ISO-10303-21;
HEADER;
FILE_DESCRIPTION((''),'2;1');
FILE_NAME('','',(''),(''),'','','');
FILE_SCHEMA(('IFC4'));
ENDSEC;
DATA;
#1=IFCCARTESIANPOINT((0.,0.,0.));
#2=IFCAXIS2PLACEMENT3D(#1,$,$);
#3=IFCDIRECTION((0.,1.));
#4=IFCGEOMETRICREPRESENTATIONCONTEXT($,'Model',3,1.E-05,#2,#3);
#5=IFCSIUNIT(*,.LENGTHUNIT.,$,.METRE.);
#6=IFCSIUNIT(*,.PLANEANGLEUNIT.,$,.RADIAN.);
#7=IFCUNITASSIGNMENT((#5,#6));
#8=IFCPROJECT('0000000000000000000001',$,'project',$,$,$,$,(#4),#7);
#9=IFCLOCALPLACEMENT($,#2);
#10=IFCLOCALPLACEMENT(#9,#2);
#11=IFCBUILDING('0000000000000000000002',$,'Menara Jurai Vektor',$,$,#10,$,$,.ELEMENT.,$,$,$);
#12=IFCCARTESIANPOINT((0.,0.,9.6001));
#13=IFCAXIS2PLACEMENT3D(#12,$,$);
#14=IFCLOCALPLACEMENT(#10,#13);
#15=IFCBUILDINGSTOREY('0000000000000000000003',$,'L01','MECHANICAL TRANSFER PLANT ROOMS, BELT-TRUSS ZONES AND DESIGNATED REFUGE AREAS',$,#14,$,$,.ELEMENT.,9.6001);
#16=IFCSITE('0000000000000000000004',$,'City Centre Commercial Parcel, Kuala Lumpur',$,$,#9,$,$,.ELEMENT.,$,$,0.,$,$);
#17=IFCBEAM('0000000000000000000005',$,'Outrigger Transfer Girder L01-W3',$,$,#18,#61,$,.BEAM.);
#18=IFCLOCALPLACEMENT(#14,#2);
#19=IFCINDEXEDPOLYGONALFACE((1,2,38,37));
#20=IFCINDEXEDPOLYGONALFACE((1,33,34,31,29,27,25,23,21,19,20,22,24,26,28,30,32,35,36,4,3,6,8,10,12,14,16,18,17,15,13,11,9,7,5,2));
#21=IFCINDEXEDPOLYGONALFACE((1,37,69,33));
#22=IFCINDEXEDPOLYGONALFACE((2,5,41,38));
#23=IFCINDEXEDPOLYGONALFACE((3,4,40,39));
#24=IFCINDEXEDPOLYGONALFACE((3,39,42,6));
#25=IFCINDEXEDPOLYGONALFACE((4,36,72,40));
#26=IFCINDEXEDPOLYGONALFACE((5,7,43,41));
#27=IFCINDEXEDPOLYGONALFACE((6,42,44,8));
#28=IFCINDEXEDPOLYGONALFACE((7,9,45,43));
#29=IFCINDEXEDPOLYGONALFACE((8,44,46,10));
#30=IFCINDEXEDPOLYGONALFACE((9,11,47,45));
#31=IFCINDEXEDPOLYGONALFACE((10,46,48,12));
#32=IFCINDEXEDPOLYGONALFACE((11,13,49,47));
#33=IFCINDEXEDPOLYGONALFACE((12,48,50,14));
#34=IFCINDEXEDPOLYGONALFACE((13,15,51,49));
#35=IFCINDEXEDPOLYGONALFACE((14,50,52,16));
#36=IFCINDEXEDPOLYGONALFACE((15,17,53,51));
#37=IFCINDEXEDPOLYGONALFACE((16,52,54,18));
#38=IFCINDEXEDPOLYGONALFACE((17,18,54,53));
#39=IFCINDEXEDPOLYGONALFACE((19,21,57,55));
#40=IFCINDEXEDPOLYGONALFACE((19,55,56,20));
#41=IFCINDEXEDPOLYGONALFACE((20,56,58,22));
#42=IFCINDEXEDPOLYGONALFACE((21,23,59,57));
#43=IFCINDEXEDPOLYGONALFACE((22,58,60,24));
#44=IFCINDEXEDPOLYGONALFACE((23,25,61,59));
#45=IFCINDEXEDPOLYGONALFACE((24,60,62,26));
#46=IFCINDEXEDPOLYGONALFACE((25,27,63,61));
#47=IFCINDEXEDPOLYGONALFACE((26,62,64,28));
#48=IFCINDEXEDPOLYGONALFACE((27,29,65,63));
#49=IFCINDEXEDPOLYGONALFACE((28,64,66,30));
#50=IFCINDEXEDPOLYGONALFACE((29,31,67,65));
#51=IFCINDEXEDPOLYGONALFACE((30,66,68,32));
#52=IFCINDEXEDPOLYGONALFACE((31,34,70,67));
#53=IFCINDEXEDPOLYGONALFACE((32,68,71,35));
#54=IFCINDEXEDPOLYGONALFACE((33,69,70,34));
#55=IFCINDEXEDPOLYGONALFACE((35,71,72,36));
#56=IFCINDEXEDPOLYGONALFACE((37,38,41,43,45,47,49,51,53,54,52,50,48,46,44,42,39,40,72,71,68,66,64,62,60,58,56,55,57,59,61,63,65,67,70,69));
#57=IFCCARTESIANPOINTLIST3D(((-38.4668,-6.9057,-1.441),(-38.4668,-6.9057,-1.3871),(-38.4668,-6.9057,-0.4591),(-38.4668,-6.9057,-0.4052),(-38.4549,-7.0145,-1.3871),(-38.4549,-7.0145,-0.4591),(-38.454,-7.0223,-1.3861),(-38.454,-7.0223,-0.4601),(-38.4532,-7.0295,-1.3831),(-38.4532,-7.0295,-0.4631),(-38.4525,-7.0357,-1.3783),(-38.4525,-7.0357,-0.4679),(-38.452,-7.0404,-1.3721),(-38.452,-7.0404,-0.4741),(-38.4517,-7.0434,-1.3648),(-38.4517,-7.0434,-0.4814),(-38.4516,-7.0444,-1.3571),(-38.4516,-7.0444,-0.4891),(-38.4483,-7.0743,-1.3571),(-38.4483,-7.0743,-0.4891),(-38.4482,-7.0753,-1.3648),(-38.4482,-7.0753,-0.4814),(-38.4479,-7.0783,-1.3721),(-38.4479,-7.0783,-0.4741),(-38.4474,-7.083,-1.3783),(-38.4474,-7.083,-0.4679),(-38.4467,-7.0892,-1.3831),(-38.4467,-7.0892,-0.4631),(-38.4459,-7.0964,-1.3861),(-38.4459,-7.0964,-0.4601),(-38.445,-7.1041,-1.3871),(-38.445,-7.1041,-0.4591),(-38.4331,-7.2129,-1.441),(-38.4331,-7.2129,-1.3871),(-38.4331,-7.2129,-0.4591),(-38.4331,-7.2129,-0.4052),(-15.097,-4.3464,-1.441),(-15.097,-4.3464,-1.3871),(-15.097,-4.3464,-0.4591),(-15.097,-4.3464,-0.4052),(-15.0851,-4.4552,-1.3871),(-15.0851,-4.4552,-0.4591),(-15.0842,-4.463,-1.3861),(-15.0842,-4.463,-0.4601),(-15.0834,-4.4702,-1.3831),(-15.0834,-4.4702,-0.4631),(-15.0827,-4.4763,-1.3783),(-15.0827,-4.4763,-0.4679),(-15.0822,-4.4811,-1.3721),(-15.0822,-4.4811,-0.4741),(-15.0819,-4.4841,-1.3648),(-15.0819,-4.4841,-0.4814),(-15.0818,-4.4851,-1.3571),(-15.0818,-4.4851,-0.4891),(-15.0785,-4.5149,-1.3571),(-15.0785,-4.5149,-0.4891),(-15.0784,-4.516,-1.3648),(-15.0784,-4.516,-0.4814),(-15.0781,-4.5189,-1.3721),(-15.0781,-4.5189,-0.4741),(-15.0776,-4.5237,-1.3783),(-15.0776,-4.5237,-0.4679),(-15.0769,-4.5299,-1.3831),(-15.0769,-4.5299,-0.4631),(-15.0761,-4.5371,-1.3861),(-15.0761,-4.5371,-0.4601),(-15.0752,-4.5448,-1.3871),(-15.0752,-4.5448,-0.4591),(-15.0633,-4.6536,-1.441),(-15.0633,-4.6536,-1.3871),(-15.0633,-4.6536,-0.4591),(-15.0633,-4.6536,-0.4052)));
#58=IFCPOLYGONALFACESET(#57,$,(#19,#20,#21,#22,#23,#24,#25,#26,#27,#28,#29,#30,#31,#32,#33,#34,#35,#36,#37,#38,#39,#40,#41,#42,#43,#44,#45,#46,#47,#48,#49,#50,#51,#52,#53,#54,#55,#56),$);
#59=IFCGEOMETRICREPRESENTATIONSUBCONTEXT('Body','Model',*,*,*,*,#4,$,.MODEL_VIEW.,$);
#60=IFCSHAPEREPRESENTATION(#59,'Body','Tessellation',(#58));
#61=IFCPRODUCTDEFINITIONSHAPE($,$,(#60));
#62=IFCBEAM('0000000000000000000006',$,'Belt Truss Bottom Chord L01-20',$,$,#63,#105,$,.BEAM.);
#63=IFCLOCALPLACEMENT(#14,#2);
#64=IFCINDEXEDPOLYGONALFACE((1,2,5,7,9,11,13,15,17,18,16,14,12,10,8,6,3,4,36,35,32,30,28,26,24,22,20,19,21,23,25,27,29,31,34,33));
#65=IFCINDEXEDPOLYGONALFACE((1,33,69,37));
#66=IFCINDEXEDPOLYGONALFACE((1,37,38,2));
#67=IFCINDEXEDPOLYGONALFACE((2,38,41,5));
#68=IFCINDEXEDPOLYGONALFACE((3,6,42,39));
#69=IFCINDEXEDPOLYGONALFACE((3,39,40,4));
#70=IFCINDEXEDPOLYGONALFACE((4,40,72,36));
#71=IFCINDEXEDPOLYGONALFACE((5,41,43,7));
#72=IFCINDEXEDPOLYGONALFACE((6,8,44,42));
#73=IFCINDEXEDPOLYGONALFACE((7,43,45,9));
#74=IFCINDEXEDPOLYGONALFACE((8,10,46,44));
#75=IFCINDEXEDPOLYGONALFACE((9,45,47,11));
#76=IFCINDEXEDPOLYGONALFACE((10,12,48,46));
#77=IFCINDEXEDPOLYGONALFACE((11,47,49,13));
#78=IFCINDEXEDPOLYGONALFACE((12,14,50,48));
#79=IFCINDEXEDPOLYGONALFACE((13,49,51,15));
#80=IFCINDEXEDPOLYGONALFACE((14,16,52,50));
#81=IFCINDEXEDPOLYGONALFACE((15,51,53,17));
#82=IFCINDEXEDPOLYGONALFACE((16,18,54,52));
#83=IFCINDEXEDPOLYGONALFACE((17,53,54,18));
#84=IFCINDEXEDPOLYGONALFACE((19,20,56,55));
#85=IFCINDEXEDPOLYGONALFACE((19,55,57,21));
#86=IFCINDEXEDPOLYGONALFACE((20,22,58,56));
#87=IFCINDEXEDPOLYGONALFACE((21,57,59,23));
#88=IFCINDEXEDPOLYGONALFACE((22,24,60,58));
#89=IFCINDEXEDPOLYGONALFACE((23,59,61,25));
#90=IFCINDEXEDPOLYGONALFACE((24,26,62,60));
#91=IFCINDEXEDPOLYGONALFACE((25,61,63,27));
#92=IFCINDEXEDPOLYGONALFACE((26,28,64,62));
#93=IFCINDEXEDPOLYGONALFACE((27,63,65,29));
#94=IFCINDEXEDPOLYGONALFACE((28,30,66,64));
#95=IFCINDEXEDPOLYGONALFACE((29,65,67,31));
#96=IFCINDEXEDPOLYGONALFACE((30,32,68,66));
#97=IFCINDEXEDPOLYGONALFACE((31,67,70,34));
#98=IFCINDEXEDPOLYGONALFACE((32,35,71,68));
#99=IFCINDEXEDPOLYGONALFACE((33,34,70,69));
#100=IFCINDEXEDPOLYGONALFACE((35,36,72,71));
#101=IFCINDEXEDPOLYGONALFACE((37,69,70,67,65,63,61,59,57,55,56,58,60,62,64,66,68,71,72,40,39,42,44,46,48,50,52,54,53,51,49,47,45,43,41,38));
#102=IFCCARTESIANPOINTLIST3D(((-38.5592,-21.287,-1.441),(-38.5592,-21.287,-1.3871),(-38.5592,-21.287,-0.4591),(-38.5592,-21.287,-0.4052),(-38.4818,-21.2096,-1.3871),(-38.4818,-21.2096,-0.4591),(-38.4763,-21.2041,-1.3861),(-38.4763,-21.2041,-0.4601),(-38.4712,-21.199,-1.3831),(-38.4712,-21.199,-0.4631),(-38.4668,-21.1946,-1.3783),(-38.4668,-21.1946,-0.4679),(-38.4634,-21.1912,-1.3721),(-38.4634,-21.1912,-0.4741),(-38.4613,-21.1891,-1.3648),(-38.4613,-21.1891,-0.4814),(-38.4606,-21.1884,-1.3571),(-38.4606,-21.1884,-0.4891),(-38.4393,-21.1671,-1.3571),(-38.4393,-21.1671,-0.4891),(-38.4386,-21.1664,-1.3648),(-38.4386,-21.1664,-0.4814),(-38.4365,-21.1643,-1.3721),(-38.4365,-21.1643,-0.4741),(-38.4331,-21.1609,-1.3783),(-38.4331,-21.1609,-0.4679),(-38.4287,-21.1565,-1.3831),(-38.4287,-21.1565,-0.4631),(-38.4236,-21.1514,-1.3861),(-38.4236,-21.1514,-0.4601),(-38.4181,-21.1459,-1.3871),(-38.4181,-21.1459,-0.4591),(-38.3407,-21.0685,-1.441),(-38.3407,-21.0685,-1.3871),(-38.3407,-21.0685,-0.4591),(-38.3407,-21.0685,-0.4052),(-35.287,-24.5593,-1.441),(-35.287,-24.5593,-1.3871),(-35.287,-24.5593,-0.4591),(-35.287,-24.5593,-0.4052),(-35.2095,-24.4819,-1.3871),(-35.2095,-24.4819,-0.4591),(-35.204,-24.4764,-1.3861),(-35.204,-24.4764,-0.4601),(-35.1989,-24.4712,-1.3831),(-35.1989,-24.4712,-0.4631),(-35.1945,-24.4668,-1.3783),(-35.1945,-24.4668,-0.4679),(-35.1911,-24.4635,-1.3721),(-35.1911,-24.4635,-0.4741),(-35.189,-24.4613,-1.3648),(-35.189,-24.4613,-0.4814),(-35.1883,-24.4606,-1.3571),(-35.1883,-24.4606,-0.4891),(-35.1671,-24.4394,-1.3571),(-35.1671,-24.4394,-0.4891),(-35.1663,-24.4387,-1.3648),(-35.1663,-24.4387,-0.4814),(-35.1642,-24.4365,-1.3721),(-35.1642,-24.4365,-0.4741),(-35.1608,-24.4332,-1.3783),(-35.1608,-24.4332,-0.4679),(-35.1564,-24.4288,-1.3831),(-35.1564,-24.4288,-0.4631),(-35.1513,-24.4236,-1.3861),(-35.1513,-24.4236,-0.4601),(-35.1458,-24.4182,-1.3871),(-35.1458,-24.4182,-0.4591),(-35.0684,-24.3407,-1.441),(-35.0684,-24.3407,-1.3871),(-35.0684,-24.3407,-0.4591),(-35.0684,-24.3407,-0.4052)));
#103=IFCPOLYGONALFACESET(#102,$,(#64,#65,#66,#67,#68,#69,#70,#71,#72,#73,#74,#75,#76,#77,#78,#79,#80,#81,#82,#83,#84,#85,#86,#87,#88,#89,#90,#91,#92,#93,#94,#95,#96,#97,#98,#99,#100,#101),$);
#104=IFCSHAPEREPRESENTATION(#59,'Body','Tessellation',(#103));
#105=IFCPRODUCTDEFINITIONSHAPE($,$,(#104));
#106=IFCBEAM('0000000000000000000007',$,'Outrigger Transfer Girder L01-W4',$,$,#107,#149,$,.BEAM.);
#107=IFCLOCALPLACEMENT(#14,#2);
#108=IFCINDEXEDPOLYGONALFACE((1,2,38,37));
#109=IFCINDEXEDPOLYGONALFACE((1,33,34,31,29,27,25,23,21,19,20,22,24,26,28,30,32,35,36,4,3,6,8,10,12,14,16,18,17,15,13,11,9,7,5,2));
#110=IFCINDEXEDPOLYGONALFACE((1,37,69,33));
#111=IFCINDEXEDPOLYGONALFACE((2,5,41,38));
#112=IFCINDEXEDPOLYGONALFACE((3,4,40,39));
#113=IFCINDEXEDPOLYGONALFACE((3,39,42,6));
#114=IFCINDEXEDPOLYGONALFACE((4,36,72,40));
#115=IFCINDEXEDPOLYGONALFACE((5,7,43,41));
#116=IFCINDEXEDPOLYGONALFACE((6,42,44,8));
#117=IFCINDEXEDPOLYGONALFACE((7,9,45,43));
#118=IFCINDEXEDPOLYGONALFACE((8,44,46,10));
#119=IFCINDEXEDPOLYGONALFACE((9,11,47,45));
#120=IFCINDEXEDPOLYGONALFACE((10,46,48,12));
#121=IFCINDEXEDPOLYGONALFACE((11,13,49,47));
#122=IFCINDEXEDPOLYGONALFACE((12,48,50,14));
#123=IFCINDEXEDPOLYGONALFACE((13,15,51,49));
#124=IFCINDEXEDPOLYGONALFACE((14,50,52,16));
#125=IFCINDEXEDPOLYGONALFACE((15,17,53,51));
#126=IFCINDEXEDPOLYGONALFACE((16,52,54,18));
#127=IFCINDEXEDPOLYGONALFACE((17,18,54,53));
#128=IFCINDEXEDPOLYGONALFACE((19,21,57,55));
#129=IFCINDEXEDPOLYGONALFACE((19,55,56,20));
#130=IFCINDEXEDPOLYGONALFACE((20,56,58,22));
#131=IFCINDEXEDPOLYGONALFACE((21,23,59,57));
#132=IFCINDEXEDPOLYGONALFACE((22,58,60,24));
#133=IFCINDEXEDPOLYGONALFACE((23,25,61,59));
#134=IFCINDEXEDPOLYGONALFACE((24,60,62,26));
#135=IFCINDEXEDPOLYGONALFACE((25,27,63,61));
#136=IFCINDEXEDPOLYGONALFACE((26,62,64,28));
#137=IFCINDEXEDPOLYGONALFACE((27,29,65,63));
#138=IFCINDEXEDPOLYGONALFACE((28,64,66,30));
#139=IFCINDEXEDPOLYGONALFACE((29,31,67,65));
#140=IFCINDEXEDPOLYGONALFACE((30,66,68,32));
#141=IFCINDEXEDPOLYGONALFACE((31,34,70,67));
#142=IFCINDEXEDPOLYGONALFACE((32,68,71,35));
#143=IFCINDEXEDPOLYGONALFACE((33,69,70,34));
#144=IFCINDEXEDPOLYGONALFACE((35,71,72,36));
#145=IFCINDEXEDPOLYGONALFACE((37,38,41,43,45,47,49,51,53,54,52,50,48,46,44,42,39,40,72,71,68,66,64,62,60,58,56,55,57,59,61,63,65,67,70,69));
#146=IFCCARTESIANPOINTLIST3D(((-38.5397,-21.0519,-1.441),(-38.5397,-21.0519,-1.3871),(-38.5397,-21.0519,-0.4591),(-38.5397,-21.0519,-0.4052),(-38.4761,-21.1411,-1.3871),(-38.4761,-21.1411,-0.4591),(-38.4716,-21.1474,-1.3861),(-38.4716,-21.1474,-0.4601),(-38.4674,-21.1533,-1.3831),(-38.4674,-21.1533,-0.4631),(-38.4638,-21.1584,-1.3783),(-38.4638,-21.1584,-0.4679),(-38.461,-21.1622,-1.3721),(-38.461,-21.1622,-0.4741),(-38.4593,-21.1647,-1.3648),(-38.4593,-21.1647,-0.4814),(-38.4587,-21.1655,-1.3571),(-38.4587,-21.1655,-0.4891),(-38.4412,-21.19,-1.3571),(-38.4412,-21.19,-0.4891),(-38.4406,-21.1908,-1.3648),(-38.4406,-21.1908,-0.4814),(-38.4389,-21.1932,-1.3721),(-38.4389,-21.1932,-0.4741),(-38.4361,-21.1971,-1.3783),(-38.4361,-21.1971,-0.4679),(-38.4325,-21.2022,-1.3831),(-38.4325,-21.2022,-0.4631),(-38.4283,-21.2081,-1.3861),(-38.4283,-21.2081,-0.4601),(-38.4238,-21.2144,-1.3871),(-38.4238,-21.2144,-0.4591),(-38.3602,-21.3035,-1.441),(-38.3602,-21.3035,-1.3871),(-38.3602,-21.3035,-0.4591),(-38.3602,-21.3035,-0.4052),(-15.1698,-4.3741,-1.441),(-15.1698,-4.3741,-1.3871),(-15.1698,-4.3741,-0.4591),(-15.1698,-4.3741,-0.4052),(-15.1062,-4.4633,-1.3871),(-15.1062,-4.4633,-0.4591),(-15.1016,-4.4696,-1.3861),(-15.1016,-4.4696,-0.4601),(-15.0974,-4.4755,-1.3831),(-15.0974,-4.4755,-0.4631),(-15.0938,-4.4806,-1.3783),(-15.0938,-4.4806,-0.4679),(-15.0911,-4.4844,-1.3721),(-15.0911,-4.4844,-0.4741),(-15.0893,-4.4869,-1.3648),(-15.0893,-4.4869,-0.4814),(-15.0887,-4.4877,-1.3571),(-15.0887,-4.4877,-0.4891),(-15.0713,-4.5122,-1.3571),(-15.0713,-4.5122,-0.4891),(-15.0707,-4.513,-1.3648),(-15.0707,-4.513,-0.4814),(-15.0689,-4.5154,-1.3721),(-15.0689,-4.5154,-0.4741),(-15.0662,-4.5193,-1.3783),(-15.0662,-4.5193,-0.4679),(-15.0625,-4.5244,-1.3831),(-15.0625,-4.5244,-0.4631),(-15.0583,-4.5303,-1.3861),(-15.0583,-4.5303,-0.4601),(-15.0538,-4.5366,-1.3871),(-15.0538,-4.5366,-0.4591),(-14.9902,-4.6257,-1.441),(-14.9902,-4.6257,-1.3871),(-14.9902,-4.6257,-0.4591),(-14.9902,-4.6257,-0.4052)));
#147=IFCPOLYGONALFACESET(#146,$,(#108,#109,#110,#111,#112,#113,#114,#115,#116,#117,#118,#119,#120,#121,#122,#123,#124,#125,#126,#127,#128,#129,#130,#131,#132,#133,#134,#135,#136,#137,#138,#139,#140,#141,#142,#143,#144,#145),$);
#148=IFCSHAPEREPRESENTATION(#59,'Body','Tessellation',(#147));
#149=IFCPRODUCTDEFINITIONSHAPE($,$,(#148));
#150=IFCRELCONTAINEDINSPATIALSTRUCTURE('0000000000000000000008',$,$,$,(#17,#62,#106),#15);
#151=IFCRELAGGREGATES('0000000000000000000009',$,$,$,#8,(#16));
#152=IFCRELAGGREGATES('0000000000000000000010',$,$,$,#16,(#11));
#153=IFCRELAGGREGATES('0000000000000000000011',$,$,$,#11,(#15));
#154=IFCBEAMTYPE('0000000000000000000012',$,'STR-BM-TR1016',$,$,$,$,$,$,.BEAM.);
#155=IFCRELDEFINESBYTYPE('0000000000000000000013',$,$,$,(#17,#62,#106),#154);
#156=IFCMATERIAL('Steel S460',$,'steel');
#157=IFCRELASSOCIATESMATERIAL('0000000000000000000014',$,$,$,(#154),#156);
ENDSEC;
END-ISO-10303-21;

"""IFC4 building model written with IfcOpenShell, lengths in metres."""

from ifc_helpers import new_model, si_unit, direction, frame, origin, origin_2d, place, context, subcontext, project, spatial, i_section, extrude, material, material_profile, profile_set, type_object, element, save


model = new_model("IFC4")

# Units and contexts
model_context = context("Model", 3, precision=1e-05, world=origin(), true_north=direction((0.0, 1.0)))
body_context = subcontext(model_context, "Body", "Model", "MODEL_VIEW")
ifc_project = project(units=[si_unit("LENGTHUNIT", "METRE"), si_unit("PLANEANGLEUNIT", "RADIAN")], contexts=[model_context])

# Site, building, storey
site_placement = place(None, origin())
site = spatial("IfcSite", under=ifc_project, at=site_placement, Name="City Centre Commercial Parcel, Kuala Lumpur", CompositionType="ELEMENT", RefElevation=0.0)
building_placement = place(site_placement, origin())
building = spatial("IfcBuilding", under=site, at=building_placement, Name="Menara Jurai Vektor", CompositionType="ELEMENT")
storey_placement = place(building_placement, frame((0.0, 0.0, 9.6001)))
storey = spatial("IfcBuildingStorey", under=building, at=storey_placement, Name="L01", Description="MECHANICAL TRANSFER PLANT ROOMS, BELT-TRUSS ZONES AND DESIGNATED REFUGE AREAS", CompositionType="ELEMENT", Elevation=9.6001)

# Shared definitions
ifc_material_1 = material(Name="Steel S460", Category="steel")

# Beams
ifc_material_profile_1 = material_profile(ifc_material_1, i_section(OverallWidth=0.3091, OverallDepth=1.0359, WebThickness=0.03, FlangeThickness=0.054, FilletRadius=0.03, at=origin_2d()), Name="UKB 1016x305x487")
ifc_profile_set_1 = profile_set([ifc_material_profile_1], Name="Steel S460")
beam_type_1 = type_object("IfcBeamType", Name="STR-BM-TR1016", PredefinedType="BEAM", material=ifc_profile_set_1)
beam_1_placement = place(storey_placement, frame((-38.45, -7.0593, -0.9231), z_axis=(0.994057, 0.108863, 0.0), x_axis=(-0.108863, 0.994057, 0.0)))
element("IfcBeam", 1, at=beam_1_placement, inside=storey, type_object=beam_type_1, Name="Outrigger Transfer Girder L01-W3", PredefinedType="BEAM", context=body_context, shape_type="SweptSolid", body=[
    extrude(i_section(OverallWidth=0.3091, OverallDepth=1.0359, WebThickness=0.03, FlangeThickness=0.054, FilletRadius=0.03, at=origin_2d()), origin(), (0.0, 0.0, 1.0), 23.5095),
])
beam_2_placement = place(storey_placement, frame((-38.45, -21.1777, -0.9231), z_axis=(0.707107, -0.707107, 0.0), x_axis=(0.707107, 0.707107, 0.0)))
element("IfcBeam", 2, at=beam_2_placement, inside=storey, type_object=beam_type_1, Name="Belt Truss Bottom Chord L01-20", PredefinedType="BEAM", context=body_context, shape_type="SweptSolid", body=[
    extrude(i_section(OverallWidth=0.3091, OverallDepth=1.0359, WebThickness=0.03, FlangeThickness=0.054, FilletRadius=0.03, at=origin_2d()), origin(), (0.0, 0.0, 1.0), 4.6277),
])
beam_3_placement = place(storey_placement, frame((-38.45, -21.1777, -0.9231), z_axis=(0.813981, 0.580891, 0.0), x_axis=(-0.580891, 0.813981, 0.0)))
element("IfcBeam", 3, at=beam_3_placement, inside=storey, type_object=beam_type_1, Name="Outrigger Transfer Girder L01-W4", PredefinedType="BEAM", context=body_context, shape_type="SweptSolid", body=[
    extrude(i_section(OverallWidth=0.3091, OverallDepth=1.0359, WebThickness=0.03, FlangeThickness=0.054, FilletRadius=0.03, at=origin_2d()), origin(), (0.0, 0.0, 1.0), 28.7107),
])

save(model, "model.ifc")
